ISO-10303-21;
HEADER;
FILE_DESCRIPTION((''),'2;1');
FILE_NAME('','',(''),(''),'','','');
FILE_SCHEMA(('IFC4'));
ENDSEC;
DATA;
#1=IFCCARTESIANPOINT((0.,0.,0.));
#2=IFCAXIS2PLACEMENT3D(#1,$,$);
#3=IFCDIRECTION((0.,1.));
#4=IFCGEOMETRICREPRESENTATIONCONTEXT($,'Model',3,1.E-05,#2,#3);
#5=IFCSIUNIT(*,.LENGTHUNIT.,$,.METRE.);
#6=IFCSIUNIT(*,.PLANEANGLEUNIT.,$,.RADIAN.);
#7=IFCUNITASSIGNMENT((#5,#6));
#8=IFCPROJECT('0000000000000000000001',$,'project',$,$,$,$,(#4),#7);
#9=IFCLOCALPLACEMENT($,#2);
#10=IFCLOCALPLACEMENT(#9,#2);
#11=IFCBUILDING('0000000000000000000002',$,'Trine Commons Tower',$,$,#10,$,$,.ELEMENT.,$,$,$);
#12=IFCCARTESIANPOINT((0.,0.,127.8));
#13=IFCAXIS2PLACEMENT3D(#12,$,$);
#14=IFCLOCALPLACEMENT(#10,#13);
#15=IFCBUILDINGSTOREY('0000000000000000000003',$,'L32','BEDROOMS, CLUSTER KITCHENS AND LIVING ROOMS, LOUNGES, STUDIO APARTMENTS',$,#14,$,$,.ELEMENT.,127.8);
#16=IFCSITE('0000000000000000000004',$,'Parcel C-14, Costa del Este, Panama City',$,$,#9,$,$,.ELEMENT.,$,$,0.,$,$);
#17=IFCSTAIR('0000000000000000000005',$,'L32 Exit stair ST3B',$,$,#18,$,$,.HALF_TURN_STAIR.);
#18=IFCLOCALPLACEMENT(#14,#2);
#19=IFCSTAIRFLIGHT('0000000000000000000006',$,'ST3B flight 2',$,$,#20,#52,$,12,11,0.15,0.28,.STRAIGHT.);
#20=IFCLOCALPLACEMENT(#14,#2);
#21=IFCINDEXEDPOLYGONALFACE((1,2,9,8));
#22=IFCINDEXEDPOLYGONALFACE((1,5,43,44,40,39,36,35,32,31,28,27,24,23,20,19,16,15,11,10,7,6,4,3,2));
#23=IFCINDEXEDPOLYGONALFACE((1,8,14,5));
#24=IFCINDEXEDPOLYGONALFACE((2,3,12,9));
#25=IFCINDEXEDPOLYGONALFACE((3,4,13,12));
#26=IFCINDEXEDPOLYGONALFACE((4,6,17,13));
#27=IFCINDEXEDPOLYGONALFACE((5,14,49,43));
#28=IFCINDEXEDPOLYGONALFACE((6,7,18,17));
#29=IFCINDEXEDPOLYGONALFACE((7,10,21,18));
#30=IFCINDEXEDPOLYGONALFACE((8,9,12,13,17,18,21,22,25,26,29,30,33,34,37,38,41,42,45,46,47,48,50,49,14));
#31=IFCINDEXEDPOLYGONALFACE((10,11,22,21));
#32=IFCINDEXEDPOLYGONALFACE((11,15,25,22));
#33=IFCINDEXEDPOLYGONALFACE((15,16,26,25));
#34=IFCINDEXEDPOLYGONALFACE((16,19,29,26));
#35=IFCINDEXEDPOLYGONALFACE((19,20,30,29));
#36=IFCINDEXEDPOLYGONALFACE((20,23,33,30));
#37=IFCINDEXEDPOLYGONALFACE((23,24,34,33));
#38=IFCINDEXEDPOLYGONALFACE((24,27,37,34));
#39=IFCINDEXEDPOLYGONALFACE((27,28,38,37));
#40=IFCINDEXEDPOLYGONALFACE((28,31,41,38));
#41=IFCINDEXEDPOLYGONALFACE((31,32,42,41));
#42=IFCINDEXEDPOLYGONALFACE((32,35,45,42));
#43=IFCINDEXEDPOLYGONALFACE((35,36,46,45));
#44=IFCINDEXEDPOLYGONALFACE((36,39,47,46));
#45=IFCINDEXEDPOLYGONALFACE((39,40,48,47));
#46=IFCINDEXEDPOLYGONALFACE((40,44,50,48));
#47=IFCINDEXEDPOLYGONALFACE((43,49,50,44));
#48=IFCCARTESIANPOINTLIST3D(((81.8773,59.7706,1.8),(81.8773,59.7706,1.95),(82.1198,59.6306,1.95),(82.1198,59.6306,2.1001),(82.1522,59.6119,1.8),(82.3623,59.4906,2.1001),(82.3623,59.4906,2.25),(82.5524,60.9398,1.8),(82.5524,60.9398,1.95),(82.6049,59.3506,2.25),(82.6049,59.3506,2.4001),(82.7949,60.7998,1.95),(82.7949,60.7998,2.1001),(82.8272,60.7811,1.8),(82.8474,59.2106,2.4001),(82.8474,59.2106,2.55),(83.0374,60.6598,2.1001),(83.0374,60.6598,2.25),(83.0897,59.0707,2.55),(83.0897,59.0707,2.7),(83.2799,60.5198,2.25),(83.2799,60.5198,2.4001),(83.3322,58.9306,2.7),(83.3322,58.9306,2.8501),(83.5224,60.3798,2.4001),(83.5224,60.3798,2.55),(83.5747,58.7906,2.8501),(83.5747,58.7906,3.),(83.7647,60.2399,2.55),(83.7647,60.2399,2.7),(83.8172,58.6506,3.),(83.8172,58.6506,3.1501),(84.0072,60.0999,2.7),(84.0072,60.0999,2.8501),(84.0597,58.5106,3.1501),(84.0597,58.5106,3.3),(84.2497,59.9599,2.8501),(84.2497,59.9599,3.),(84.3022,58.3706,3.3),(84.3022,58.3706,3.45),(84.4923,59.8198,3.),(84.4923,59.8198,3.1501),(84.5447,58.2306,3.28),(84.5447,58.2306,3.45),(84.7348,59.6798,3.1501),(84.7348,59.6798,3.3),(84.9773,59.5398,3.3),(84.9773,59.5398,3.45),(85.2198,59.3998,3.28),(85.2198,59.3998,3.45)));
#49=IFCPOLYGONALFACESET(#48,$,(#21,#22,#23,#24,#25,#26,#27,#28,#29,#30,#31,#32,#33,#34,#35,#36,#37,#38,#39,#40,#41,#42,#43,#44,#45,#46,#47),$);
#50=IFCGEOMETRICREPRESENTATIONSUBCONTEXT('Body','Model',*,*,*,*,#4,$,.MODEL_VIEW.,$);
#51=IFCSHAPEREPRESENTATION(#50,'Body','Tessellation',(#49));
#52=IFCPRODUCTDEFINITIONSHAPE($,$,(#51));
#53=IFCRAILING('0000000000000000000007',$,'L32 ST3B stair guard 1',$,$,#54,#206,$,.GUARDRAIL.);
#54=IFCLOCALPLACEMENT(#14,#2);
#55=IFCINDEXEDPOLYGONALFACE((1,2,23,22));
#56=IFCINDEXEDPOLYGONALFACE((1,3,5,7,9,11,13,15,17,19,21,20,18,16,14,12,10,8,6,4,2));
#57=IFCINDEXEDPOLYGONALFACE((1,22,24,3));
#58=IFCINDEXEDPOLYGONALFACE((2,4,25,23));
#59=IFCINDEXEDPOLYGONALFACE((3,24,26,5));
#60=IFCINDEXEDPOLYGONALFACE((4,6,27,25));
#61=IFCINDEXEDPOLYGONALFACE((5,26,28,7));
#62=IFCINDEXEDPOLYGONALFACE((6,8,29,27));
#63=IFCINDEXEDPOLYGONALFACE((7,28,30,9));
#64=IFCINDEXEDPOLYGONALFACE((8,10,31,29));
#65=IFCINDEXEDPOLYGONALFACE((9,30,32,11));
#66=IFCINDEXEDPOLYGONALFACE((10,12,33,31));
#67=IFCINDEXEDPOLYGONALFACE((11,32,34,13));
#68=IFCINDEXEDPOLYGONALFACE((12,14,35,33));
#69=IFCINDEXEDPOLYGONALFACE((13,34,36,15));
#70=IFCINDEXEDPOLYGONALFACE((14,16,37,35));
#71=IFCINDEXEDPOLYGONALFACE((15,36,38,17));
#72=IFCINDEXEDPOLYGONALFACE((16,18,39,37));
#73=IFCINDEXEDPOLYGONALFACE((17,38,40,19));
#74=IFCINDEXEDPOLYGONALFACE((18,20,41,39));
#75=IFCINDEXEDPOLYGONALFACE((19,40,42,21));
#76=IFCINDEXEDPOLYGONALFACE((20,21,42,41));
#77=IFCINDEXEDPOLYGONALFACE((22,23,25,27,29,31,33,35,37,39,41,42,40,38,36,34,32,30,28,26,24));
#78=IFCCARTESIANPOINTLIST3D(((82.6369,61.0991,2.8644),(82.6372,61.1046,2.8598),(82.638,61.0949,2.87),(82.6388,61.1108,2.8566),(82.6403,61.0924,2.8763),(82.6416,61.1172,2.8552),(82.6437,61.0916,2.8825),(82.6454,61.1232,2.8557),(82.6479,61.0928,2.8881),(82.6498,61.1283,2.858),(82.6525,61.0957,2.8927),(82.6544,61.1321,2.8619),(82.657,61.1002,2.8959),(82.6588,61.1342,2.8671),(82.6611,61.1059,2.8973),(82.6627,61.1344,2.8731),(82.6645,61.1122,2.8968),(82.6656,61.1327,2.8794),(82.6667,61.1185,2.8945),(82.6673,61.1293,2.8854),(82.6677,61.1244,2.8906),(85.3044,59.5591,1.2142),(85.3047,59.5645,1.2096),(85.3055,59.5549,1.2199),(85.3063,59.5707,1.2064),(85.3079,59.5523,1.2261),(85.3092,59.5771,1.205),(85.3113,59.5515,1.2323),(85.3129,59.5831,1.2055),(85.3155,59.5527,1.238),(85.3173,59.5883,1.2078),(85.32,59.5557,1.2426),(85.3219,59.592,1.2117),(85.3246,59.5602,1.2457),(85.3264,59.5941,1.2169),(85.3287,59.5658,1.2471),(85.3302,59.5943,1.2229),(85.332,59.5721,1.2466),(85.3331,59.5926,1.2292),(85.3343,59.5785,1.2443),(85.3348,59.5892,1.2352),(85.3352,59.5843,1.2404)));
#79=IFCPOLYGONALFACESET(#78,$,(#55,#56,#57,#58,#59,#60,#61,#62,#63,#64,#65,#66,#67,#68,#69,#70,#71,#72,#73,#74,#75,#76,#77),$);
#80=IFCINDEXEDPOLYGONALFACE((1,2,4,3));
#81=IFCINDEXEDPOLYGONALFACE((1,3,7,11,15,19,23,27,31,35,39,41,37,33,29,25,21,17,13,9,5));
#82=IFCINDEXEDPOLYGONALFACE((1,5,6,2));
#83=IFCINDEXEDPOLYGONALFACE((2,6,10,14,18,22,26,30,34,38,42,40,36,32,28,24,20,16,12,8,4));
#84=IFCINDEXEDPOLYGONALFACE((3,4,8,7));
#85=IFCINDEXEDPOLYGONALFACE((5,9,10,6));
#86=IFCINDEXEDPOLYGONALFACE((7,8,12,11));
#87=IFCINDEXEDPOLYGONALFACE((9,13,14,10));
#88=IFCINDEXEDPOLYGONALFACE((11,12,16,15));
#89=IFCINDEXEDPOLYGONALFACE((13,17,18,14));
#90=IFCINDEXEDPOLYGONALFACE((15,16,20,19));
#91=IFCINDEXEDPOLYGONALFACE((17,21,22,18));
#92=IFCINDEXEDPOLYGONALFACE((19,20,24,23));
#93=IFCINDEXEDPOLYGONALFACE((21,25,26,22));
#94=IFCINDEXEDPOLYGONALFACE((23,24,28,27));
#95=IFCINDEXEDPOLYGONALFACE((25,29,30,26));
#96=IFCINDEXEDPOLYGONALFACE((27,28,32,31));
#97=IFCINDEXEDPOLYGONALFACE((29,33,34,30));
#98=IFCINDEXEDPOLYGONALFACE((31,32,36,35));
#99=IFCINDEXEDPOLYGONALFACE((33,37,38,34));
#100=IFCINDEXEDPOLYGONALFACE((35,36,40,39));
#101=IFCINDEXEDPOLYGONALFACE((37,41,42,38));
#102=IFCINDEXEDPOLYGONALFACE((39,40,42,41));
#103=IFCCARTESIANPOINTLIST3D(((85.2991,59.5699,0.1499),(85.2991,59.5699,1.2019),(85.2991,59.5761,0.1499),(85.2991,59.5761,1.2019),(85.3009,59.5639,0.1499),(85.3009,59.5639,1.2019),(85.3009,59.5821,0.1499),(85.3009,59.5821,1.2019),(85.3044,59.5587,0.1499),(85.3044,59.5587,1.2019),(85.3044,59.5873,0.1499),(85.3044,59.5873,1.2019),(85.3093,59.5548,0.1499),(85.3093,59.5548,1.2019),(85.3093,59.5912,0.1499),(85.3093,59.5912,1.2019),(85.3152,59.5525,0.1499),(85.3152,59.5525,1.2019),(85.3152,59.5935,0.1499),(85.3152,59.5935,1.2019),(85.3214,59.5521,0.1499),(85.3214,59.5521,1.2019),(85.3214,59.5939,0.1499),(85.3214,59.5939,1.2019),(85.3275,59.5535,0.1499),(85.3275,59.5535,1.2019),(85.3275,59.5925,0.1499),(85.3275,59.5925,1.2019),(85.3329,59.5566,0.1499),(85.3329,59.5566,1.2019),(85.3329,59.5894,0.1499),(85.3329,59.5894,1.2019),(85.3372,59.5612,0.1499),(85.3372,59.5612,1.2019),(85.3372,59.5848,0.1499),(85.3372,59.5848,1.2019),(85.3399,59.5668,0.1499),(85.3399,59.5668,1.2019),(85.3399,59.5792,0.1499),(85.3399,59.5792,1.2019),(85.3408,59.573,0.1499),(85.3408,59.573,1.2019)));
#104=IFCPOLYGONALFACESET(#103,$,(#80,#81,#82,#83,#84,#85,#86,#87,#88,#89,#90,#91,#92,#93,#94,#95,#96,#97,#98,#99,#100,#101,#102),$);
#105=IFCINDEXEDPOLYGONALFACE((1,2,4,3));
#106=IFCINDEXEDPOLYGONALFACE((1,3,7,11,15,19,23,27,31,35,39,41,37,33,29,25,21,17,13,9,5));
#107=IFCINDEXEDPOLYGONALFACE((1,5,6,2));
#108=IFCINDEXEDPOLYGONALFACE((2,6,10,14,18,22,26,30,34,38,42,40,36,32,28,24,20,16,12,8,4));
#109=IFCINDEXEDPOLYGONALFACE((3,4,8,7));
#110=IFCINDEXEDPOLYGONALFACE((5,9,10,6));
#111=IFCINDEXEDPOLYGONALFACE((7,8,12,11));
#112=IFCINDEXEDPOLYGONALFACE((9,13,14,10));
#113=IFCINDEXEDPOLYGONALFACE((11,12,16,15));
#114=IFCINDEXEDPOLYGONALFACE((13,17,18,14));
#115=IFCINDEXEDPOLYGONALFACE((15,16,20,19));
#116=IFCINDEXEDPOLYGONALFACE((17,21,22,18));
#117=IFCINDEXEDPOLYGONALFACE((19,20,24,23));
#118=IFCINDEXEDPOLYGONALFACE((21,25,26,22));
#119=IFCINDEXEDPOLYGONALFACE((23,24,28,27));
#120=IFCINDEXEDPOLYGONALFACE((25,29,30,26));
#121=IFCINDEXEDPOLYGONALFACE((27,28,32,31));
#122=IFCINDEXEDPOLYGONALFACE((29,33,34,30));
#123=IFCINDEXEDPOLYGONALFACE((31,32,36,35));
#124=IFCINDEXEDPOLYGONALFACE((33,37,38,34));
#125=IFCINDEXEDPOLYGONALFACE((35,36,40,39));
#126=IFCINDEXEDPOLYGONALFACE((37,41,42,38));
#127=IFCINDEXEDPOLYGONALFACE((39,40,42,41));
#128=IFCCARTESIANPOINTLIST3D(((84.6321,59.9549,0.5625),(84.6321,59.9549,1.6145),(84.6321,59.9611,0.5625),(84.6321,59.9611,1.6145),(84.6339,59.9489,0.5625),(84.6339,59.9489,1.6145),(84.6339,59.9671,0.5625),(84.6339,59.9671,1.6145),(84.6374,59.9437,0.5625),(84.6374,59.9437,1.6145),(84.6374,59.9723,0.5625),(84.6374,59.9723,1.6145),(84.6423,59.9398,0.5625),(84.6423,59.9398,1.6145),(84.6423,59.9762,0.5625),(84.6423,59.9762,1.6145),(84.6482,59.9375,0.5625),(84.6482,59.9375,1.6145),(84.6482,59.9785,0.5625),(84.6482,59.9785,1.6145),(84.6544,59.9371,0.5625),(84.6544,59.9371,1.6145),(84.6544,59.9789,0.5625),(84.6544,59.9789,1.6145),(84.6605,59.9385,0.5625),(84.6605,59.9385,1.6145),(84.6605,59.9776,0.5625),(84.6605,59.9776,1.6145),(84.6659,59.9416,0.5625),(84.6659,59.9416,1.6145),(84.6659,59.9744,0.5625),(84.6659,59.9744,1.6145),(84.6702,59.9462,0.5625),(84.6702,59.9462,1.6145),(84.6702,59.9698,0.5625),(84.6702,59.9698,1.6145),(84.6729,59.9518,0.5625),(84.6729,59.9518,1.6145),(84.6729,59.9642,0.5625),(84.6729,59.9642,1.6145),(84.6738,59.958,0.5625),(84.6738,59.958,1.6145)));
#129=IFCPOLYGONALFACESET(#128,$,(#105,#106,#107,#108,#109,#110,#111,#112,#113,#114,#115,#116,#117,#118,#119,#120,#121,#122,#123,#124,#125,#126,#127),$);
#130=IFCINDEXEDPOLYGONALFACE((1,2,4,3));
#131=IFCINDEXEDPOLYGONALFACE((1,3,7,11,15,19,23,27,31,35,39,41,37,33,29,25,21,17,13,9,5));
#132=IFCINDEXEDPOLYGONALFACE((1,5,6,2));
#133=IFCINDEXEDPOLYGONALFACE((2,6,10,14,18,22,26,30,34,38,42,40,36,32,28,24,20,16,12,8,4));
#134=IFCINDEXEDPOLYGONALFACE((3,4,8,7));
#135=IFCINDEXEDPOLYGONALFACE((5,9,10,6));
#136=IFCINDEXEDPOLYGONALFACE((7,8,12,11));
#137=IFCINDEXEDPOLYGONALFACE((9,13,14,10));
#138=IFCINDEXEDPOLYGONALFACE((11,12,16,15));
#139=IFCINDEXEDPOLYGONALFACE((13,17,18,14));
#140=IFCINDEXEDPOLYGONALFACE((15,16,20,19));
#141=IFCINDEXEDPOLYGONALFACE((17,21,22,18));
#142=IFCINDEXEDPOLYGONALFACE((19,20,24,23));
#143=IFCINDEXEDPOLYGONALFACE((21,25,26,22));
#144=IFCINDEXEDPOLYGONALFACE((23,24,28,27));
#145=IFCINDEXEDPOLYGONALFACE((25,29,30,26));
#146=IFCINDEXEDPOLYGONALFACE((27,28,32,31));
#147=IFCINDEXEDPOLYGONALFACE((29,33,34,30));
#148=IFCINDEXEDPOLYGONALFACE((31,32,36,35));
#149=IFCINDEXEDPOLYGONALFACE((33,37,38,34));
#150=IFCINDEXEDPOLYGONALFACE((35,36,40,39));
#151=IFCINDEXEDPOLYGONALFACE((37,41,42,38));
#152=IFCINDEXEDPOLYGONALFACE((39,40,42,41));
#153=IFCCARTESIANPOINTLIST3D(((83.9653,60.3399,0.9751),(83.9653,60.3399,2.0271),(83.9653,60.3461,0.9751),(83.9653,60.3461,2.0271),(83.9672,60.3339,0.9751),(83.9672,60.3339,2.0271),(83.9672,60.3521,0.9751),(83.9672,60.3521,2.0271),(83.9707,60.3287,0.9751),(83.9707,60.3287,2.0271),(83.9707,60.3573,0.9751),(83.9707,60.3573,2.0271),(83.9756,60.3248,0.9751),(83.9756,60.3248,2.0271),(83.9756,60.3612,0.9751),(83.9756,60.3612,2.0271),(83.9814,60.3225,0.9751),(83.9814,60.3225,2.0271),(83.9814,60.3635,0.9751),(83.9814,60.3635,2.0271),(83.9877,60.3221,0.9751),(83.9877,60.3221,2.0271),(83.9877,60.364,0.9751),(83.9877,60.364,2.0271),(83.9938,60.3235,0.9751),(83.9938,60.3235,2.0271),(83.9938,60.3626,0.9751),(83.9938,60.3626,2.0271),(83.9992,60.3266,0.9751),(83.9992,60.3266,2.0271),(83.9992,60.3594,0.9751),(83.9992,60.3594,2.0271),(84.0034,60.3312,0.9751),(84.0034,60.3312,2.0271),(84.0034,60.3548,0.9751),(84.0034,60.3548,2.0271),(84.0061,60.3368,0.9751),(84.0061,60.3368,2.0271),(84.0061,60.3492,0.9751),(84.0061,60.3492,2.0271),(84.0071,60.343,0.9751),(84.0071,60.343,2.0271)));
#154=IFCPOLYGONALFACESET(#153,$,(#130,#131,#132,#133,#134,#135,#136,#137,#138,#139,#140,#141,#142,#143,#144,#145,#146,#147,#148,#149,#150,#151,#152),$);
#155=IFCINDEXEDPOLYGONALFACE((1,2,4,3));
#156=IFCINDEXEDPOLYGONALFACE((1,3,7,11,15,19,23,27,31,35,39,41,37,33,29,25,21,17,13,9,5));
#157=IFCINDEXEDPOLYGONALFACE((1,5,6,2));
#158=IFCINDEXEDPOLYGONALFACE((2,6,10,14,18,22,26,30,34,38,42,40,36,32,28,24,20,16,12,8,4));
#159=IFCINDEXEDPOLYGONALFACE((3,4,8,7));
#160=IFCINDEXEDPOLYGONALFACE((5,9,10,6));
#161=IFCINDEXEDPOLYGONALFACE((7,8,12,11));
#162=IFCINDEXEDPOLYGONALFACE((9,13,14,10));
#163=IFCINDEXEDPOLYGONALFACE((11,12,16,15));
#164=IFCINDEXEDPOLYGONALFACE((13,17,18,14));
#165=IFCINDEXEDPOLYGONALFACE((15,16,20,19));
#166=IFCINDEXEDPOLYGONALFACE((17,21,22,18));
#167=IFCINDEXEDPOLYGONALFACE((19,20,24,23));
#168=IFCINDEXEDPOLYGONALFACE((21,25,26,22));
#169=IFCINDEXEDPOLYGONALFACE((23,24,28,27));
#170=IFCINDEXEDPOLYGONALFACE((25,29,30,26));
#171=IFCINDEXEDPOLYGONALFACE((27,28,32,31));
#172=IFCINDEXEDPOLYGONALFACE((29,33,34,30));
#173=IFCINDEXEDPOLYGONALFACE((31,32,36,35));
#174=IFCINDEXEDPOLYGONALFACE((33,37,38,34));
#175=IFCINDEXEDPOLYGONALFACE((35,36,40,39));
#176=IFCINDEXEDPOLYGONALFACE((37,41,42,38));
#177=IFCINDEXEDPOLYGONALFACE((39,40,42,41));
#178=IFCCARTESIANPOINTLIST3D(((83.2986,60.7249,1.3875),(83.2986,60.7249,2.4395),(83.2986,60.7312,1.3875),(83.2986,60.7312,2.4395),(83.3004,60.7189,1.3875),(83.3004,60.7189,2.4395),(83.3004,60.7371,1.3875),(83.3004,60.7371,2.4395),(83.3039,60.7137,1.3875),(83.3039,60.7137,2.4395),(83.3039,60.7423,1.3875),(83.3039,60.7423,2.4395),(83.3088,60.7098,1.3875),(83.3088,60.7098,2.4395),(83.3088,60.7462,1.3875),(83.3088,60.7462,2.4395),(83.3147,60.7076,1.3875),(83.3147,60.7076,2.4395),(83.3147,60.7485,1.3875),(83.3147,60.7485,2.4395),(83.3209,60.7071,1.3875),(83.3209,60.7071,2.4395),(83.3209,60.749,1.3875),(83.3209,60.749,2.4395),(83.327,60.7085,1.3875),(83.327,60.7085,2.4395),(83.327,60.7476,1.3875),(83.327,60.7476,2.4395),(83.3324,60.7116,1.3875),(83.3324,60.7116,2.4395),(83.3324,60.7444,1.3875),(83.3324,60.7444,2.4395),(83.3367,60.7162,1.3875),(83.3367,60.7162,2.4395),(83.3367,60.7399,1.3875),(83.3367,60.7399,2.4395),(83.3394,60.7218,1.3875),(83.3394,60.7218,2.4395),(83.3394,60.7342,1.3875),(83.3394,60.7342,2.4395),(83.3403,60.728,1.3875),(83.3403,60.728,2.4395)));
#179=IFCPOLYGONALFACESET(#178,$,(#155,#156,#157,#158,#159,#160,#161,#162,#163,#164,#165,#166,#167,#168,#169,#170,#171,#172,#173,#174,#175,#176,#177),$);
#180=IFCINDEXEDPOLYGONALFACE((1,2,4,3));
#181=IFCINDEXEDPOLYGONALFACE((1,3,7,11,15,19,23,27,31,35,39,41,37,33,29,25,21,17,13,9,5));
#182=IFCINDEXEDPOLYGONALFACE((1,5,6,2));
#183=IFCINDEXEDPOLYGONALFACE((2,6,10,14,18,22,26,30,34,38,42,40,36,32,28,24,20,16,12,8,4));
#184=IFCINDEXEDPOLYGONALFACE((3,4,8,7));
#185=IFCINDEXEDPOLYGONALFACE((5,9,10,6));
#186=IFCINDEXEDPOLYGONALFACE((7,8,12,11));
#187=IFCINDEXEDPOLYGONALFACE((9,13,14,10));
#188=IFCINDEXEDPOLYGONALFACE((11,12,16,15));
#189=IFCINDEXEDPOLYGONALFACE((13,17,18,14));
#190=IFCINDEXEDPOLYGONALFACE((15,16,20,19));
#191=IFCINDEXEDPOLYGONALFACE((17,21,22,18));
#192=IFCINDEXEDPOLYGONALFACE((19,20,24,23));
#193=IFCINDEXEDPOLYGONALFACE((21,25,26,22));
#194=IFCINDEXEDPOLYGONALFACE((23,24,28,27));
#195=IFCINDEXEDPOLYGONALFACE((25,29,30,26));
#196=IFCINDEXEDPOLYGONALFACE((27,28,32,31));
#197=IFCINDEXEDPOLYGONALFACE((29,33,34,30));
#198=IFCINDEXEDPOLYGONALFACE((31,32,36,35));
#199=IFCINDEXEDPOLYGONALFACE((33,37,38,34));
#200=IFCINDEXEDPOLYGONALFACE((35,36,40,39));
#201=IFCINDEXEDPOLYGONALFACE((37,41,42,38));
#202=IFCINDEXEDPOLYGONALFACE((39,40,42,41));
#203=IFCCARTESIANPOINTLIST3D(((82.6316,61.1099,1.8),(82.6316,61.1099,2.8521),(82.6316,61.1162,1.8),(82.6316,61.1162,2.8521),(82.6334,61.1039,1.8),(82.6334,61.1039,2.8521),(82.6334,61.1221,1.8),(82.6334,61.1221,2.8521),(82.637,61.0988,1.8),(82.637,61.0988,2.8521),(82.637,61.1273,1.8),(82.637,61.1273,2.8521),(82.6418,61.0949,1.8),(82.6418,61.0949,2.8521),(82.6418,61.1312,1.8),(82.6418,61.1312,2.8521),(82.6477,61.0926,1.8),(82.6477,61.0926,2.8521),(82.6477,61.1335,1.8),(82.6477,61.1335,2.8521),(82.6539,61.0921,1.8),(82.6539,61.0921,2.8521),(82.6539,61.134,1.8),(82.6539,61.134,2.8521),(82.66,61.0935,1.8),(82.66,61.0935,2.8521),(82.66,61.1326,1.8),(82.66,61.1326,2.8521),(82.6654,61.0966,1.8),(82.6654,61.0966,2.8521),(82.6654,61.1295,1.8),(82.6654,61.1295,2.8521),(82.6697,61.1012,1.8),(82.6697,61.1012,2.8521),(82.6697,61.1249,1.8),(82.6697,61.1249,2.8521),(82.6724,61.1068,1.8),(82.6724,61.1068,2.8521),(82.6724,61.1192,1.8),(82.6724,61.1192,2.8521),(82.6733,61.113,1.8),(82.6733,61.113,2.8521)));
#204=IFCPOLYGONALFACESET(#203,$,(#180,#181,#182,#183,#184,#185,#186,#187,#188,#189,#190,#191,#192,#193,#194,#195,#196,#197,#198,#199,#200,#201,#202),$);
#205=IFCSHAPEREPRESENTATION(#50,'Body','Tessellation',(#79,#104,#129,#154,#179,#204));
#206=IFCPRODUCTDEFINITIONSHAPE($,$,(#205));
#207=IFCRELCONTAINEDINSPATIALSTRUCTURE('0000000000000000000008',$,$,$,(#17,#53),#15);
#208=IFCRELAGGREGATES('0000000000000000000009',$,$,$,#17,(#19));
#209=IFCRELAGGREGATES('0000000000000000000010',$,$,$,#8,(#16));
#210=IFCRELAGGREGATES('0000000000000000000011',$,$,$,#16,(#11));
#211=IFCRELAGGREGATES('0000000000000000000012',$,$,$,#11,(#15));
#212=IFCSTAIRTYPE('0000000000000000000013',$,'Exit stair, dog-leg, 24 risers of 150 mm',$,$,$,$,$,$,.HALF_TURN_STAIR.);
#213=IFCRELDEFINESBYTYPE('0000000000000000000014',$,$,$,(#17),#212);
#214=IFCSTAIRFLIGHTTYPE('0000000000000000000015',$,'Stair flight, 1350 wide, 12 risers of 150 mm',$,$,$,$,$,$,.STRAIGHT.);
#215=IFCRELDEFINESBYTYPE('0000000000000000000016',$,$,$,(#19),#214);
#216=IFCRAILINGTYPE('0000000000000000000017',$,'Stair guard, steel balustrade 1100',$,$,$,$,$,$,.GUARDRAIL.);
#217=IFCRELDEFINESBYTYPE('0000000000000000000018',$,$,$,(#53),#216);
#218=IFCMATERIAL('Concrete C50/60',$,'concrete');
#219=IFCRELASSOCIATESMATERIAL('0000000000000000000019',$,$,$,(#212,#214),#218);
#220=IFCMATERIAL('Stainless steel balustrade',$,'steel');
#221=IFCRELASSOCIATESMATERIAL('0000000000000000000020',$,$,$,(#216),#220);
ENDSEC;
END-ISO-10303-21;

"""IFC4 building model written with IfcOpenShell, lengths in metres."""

from ifc_helpers import new_model, si_unit, direction, frame, origin, origin_2d, place, context, subcontext, project, spatial, polyline, circle, outline, extrude, material, type_object, element, aggregate, save


model = new_model("IFC4")

# Units and contexts
model_context = context("Model", 3, precision=1e-05, world=origin(), true_north=direction((0.0, 1.0)))
body_context = subcontext(model_context, "Body", "Model", "MODEL_VIEW")
ifc_project = project(units=[si_unit("LENGTHUNIT", "METRE"), si_unit("PLANEANGLEUNIT", "RADIAN")], contexts=[model_context])

# Site, building, storey
site_placement = place(None, origin())
site = spatial("IfcSite", under=ifc_project, at=site_placement, Name="Parcel C-14, Costa del Este, Panama City", CompositionType="ELEMENT", RefElevation=0.0)
building_placement = place(site_placement, origin())
building = spatial("IfcBuilding", under=site, at=building_placement, Name="Trine Commons Tower", CompositionType="ELEMENT")
storey_placement = place(building_placement, frame((0.0, 0.0, 127.8)))
storey = spatial("IfcBuildingStorey", under=building, at=storey_placement, Name="L32", Description="BEDROOMS, CLUSTER KITCHENS AND LIVING ROOMS, LOUNGES, STUDIO APARTMENTS", CompositionType="ELEMENT", Elevation=127.8)

# Shared definitions
ifc_material_1 = material(Name="Concrete C50/60", Category="concrete")

# Stair, stair flight
stair_type = type_object("IfcStairType", Name="Exit stair, dog-leg, 24 risers of 150 mm", PredefinedType="HALF_TURN_STAIR", material=ifc_material_1)
stair_placement = place(storey_placement, origin())
stair = element("IfcStair", 1, at=stair_placement, inside=storey, type_object=stair_type, Name="L32 Exit stair ST3B", PredefinedType="HALF_TURN_STAIR")
stair_flight_type = type_object("IfcStairFlightType", Name="Stair flight, 1350 wide, 12 risers of 150 mm", PredefinedType="STRAIGHT", material=ifc_material_1)
stair_flight_1_placement = place(storey_placement, frame((82.2148, 60.3552, 1.8), z_axis=(0.0, 0.0, 1.0), x_axis=(0.866025, -0.5, 0.0)))
stair_flight_1 = element("IfcStairFlight", 2, at=stair_flight_1_placement, type_object=stair_flight_type, Name="ST3B flight 2", NumberOfRisers=12, NumberOfTreads=11, PredefinedType="STRAIGHT", RiserHeight=0.15, TreadLength=0.28, context=body_context, shape_type="SweptSolid", body=[
    extrude(outline(polyline([(0.0, 0.0), (0.0, 0.1499), (0.28, 0.1499), (0.28, 0.3), (0.5601, 0.3), (0.5601, 0.45), (0.8401, 0.45), (0.8401, 0.6001), (1.1201, 0.6001), (1.1201, 0.75), (1.3999, 0.75), (1.3999, 0.8999), (1.6799, 0.8999), (1.6799, 1.05), (1.96, 1.05), (1.96, 1.2), (2.24, 1.2), (2.24, 1.3501), (2.52, 1.3501), (2.52, 1.5), (2.8, 1.5), (2.8, 1.6499), (3.0801, 1.6499), (3.0801, 1.8), (3.0801, 1.48), (0.3174, 0.0), (0.0, 0.0)])), frame((0.0, 0.675, 0.0), z_axis=(0.0, -1.0, 0.0), x_axis=(1.0, 0.0, 0.0)), (0.0, 0.0, 1.0), 1.3501),
])
aggregate(stair, [stair_flight_1])

# Railing
ifc_material_2 = material(Name="Stainless steel balustrade", Category="steel")
railing_type_1 = type_object("IfcRailingType", Name="Stair guard, steel balustrade 1100", PredefinedType="GUARDRAIL", material=ifc_material_2)
railing_1_placement = place(storey_placement, frame((85.3198, 59.573, 0.1499)))
element("IfcRailing", 3, at=railing_1_placement, inside=storey, type_object=railing_type_1, Name="L32 ST3B stair guard 1", PredefinedType="GUARDRAIL", context=body_context, shape_type="SweptSolid", body=[
    extrude(circle(Radius=0.0239, at=origin_2d()), frame((0.0, 0.0, 1.0762), z_axis=(-0.76338, 0.440728, 0.472239), x_axis=(-0.499992, -0.86603, 0.0)), (0.0, 0.0, 1.0), 3.4944),
    extrude(circle(Radius=0.021, at=origin_2d()), origin(), (0.0, 0.0, 1.0), 1.052),
    extrude(circle(Radius=0.021, at=origin_2d()), frame((-0.667, 0.385, 0.4126)), (0.0, 0.0, 1.0), 1.052),
    extrude(circle(Radius=0.021, at=origin_2d()), frame((-1.3337, 0.77, 0.8252)), (0.0, 0.0, 1.0), 1.052),
    extrude(circle(Radius=0.021, at=origin_2d()), frame((-2.0005, 1.155, 1.2375)), (0.0, 0.0, 1.0), 1.052),
    extrude(circle(Radius=0.021, at=origin_2d()), frame((-2.6675, 1.54, 1.6501)), (0.0, 0.0, 1.0), 1.052),
])

save(model, "model.ifc")
